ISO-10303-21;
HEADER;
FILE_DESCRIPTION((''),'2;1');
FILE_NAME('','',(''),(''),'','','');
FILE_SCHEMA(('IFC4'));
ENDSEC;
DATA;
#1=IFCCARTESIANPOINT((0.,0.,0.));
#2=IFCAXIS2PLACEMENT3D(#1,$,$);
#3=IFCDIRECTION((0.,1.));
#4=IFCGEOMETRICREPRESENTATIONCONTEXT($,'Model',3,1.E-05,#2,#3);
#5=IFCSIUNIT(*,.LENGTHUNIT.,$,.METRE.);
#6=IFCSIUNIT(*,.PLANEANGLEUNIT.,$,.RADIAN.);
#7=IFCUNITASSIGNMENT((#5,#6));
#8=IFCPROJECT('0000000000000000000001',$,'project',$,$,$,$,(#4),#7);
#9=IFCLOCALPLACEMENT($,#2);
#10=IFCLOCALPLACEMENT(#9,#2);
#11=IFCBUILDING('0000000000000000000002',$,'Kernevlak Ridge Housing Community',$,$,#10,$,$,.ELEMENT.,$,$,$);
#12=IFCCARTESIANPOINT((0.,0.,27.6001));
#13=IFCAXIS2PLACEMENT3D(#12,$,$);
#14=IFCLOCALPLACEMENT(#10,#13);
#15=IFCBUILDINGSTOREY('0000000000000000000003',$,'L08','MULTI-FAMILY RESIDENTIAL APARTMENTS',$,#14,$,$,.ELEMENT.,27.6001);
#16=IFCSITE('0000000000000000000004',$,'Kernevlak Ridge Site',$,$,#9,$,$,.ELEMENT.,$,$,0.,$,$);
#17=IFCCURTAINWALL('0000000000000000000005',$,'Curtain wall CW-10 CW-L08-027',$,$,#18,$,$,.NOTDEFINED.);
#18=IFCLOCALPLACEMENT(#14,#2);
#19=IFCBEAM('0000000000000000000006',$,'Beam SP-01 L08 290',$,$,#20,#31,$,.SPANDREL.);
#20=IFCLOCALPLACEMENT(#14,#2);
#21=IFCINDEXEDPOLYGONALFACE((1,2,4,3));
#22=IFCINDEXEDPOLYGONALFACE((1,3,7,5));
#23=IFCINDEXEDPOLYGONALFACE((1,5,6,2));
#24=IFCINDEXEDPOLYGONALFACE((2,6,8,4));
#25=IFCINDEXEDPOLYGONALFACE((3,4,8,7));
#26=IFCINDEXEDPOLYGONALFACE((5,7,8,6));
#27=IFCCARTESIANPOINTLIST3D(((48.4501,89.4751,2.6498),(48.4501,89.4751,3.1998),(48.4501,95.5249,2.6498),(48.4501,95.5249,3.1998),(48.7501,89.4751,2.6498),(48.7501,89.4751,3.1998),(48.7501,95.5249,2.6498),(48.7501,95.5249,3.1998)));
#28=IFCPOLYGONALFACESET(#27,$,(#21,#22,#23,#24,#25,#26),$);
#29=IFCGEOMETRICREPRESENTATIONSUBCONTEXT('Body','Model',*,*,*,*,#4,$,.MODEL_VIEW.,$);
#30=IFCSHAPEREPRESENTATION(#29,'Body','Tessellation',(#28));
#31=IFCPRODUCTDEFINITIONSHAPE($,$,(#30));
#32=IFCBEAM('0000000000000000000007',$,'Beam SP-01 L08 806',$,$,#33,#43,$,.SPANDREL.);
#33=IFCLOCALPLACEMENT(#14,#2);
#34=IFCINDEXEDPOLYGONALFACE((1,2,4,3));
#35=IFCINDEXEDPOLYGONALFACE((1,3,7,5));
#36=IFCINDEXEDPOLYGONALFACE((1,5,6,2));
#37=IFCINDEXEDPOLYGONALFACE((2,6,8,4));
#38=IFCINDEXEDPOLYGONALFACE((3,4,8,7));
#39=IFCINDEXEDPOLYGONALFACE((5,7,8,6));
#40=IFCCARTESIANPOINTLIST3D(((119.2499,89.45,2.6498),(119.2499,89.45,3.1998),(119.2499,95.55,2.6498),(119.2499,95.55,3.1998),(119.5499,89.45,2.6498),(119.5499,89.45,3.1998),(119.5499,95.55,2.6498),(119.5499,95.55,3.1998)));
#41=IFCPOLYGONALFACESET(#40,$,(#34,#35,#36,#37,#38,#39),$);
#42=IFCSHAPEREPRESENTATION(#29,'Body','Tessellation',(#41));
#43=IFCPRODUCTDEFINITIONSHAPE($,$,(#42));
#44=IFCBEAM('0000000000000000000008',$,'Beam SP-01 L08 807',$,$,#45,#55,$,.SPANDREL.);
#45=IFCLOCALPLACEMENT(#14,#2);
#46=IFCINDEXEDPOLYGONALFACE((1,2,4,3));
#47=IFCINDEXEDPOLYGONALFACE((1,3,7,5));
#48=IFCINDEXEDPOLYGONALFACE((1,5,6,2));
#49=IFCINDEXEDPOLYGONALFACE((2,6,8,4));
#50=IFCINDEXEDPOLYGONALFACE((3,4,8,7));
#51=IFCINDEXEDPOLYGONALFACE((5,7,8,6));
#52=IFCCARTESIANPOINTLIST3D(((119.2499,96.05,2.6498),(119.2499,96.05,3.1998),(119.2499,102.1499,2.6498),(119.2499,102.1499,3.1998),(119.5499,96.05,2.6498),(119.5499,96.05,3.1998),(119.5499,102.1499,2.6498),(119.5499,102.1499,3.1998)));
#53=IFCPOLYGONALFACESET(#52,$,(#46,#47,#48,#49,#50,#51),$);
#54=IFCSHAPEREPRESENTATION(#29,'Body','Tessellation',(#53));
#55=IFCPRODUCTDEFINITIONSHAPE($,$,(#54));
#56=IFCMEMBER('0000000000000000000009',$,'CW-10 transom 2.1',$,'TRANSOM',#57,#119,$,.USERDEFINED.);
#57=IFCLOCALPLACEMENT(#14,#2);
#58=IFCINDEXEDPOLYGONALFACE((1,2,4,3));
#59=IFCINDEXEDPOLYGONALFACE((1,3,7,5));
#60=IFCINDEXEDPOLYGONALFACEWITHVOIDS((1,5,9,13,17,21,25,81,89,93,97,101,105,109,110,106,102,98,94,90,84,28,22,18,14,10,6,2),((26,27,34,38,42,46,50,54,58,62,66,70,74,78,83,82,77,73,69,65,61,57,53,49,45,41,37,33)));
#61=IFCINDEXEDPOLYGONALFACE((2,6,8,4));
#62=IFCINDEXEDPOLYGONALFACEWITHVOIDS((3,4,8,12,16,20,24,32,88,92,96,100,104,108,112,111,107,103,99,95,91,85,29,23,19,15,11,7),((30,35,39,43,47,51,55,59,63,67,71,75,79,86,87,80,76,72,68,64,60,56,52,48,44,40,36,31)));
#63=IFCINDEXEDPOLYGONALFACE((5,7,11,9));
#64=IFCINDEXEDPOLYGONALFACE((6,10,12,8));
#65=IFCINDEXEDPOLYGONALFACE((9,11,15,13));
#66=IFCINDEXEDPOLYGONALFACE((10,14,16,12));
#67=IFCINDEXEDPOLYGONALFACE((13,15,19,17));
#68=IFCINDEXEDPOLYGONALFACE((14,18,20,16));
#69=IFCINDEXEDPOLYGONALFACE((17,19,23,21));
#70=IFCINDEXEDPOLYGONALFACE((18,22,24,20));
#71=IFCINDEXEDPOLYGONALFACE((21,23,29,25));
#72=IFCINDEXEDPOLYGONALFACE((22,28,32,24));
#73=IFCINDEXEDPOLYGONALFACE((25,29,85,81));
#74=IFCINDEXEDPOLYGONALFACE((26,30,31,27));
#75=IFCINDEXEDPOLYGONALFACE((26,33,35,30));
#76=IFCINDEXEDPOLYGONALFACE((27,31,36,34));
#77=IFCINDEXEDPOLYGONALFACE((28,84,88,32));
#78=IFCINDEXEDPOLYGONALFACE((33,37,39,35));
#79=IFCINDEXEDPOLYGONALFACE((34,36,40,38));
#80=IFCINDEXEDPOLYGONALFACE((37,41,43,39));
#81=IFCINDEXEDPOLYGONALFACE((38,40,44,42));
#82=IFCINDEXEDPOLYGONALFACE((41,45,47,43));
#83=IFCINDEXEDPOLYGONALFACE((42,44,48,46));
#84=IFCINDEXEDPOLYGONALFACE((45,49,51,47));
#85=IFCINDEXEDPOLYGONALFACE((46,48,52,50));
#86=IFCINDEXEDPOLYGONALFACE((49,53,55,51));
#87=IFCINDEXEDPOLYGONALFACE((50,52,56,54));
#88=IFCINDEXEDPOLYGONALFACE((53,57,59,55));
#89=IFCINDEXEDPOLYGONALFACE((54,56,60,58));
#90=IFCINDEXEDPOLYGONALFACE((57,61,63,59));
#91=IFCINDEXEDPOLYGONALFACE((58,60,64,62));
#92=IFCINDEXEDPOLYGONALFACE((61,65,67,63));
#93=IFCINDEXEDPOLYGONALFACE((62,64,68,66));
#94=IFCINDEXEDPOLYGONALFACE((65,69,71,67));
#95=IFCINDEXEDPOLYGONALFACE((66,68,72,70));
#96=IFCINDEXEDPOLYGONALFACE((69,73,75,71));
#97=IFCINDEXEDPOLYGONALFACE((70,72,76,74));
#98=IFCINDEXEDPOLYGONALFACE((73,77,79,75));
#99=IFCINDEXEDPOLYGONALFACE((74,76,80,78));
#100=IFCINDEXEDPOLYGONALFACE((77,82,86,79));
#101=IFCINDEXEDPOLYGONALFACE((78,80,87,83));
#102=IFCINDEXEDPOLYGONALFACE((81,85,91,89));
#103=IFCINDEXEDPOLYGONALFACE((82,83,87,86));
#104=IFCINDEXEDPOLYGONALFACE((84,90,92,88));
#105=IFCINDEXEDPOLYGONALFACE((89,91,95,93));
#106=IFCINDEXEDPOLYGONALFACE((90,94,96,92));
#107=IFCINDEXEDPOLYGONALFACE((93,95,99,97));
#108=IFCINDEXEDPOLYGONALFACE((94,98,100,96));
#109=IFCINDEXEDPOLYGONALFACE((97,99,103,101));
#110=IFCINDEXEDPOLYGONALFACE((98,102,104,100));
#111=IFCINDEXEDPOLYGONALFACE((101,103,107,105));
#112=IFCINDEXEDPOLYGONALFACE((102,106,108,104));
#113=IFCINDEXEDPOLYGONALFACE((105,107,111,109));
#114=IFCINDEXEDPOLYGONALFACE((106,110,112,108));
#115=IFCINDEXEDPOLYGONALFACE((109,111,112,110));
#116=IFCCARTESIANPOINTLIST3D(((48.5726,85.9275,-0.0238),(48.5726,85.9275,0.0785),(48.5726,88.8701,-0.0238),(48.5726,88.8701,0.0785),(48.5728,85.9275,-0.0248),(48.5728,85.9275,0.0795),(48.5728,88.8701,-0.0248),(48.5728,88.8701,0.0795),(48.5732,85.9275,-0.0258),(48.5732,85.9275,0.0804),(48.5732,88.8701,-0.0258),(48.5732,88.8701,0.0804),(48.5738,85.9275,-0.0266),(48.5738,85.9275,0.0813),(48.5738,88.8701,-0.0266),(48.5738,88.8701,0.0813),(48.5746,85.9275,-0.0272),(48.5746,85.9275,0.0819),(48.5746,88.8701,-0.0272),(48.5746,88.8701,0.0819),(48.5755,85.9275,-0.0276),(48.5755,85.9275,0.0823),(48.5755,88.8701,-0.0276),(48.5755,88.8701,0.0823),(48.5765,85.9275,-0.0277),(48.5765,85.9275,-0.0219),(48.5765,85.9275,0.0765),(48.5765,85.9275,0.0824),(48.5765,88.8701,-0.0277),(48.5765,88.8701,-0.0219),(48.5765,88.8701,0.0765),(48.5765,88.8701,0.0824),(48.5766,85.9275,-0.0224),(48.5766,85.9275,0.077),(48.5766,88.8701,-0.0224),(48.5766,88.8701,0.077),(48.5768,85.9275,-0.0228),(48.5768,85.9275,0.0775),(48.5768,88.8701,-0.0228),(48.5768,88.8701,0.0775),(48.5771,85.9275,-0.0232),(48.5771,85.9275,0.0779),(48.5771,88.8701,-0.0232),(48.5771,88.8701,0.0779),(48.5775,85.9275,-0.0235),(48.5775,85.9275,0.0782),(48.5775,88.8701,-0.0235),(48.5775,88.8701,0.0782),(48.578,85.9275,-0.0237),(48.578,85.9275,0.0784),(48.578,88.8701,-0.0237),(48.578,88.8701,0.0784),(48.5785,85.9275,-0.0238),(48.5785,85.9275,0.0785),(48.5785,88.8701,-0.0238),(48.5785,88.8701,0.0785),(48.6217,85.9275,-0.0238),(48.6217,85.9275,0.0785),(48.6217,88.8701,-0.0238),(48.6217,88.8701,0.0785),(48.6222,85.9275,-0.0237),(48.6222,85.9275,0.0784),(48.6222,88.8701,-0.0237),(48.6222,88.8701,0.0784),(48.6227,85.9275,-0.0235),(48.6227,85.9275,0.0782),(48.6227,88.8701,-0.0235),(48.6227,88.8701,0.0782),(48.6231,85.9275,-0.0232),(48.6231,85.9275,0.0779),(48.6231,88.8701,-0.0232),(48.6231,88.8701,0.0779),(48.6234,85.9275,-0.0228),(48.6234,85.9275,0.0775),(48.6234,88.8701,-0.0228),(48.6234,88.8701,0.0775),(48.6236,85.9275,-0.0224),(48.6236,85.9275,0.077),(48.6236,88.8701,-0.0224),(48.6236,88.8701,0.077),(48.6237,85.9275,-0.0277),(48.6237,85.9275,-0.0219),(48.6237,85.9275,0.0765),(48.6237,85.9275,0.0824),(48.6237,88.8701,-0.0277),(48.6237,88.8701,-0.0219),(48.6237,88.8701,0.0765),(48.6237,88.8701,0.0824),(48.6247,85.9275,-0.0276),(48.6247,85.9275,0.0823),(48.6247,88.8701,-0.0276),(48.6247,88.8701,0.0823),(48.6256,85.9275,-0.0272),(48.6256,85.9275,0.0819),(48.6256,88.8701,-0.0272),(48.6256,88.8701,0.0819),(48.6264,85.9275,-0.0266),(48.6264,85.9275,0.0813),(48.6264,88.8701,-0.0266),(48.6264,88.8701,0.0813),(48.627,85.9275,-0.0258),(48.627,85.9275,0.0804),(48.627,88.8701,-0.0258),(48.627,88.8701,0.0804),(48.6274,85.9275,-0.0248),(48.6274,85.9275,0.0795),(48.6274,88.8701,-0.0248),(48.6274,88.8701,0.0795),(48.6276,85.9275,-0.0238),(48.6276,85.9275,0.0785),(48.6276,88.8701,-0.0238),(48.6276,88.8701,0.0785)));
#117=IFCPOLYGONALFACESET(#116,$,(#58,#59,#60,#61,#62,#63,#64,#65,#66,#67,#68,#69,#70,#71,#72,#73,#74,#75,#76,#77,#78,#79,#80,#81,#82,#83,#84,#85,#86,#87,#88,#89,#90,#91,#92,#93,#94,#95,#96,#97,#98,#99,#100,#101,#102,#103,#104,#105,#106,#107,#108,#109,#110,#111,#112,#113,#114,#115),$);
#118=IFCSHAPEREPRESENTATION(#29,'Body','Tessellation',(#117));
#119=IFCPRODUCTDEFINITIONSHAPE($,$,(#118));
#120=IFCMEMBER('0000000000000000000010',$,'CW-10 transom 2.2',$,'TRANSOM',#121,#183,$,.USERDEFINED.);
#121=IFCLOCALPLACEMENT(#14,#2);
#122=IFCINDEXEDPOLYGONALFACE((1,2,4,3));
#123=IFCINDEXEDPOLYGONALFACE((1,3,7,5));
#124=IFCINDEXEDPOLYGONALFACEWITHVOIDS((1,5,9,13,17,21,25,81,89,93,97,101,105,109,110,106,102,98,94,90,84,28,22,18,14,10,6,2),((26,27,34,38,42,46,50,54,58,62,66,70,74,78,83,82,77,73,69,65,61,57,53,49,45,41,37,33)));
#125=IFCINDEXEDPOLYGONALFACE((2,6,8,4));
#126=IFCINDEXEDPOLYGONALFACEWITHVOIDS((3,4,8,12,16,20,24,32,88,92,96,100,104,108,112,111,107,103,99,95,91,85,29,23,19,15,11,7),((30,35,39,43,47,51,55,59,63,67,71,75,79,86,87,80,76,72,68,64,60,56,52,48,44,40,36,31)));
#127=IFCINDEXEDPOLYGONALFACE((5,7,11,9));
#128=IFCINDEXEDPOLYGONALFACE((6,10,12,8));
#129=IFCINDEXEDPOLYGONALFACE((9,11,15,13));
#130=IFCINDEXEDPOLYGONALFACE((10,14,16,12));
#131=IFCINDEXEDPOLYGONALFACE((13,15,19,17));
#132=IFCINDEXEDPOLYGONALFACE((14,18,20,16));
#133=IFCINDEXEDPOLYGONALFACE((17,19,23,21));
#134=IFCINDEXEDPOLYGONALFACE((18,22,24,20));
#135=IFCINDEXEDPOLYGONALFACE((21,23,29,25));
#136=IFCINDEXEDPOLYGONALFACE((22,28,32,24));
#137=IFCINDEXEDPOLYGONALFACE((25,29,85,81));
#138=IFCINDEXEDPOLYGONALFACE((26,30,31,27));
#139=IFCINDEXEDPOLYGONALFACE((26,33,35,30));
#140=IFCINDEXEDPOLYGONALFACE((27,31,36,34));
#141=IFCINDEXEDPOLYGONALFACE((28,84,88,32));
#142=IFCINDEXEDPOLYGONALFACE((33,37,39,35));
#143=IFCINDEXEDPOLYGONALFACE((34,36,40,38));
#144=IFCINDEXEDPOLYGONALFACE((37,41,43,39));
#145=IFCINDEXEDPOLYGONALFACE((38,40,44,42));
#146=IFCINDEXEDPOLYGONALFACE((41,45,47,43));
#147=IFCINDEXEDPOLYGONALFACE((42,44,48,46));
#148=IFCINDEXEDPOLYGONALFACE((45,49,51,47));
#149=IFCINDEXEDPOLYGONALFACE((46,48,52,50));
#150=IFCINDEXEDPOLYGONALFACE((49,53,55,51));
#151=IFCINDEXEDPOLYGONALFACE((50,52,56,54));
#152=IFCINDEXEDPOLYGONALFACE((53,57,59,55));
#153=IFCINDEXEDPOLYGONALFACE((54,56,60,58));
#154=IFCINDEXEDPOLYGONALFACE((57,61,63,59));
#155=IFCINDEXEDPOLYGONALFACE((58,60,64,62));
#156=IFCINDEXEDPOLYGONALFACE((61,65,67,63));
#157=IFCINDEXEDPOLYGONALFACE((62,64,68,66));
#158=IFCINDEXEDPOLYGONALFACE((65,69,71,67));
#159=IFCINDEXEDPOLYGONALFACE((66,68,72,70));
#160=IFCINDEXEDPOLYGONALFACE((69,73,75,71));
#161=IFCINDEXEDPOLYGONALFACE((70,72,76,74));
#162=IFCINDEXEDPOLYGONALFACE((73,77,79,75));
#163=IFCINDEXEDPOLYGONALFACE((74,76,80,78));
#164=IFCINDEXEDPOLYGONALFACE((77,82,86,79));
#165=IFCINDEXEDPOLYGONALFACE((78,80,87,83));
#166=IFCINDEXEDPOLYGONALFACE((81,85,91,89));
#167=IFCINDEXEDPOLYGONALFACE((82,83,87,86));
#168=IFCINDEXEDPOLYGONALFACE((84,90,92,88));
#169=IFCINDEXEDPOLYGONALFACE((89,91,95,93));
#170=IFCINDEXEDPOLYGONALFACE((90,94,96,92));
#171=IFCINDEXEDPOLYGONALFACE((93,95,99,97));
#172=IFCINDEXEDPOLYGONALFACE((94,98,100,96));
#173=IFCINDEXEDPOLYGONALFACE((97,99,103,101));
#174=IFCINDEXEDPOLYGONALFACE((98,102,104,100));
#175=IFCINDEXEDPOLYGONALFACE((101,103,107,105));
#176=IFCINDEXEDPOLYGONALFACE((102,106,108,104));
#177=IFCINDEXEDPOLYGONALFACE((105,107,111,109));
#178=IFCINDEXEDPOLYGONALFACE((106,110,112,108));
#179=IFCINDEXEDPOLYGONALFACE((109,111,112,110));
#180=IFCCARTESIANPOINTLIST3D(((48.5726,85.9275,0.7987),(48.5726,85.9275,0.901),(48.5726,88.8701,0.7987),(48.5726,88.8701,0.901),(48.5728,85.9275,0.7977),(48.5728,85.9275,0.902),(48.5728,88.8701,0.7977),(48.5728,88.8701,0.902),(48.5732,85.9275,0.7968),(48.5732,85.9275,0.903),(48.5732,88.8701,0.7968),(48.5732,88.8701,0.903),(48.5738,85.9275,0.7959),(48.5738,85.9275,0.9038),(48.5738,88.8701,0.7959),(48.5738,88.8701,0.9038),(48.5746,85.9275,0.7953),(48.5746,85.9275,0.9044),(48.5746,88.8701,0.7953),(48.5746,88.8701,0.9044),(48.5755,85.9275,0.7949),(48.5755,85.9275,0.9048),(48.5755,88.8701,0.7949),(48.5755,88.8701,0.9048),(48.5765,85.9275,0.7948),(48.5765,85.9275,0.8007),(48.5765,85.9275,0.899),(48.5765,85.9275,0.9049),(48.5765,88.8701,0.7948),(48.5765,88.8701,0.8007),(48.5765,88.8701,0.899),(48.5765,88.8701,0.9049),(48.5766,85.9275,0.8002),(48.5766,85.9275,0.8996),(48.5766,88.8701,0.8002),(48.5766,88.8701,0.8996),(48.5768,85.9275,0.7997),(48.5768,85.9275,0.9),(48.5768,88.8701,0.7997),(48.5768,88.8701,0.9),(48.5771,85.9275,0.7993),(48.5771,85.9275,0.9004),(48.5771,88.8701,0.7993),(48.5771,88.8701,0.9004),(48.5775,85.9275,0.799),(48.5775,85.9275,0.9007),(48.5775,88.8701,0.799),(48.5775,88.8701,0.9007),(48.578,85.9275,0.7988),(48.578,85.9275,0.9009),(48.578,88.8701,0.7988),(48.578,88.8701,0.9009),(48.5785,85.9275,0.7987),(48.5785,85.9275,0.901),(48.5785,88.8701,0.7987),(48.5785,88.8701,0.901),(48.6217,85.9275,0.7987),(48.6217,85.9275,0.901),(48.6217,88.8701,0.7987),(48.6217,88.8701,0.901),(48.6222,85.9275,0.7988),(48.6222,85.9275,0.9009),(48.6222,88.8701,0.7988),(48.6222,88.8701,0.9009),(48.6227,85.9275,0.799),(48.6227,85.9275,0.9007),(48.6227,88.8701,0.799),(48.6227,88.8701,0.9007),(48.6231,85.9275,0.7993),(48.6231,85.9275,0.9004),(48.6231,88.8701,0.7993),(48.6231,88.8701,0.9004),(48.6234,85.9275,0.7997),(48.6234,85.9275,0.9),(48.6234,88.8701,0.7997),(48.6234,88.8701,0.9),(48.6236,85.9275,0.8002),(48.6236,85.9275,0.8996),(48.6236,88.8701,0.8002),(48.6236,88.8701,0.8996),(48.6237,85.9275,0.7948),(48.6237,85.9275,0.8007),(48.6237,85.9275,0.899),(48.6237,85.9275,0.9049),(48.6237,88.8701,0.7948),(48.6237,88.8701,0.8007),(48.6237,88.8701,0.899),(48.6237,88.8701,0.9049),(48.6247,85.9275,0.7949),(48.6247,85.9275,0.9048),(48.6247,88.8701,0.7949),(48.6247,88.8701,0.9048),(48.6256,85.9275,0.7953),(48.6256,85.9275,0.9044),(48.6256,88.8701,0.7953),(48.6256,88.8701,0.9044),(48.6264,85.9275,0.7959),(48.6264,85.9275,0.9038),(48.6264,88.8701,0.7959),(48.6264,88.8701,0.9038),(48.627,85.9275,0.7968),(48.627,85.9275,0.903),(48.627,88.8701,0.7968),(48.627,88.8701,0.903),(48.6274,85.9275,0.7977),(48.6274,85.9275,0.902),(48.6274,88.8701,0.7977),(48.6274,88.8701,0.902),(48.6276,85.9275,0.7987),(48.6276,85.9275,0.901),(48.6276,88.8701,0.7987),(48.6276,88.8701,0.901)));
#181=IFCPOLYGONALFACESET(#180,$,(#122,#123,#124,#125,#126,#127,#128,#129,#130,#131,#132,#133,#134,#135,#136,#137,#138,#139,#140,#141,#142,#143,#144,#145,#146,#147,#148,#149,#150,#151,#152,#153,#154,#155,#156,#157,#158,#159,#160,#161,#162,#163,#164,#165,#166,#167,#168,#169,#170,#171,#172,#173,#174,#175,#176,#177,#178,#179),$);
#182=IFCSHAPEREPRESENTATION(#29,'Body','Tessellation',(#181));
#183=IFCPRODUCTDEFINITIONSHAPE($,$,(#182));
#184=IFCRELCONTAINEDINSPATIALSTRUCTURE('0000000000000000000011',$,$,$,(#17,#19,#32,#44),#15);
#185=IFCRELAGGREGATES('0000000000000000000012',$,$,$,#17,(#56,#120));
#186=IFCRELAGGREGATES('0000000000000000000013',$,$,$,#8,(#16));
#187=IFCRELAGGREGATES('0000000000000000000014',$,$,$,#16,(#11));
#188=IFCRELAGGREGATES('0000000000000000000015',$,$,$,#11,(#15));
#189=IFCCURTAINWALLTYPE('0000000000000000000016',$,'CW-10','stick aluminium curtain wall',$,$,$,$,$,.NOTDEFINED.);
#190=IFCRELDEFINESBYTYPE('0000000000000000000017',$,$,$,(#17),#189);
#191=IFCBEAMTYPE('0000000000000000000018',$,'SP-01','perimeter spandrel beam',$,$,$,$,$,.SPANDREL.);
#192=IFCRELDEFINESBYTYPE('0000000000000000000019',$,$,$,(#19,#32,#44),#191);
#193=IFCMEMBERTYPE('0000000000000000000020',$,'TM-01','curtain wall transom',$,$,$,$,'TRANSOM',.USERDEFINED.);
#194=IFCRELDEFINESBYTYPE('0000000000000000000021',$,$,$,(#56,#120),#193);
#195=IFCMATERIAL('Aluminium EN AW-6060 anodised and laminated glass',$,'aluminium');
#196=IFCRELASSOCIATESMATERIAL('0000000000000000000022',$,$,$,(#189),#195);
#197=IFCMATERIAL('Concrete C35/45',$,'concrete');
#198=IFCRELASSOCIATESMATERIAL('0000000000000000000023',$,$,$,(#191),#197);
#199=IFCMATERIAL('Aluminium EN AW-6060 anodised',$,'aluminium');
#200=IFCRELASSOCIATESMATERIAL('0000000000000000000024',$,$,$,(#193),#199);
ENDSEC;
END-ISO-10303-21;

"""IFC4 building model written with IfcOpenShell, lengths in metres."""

from ifc_helpers import new_model, si_unit, direction, frame, origin, origin_2d, place, context, subcontext, project, spatial, rectangle, hollow_rectangle, extrude, material, material_profile, profile_set, type_object, element, aggregate, save


model = new_model("IFC4")

# Units and contexts
model_context = context("Model", 3, precision=1e-05, world=origin(), true_north=direction((0.0, 1.0)))
body_context = subcontext(model_context, "Body", "Model", "MODEL_VIEW")
ifc_project = project(units=[si_unit("LENGTHUNIT", "METRE"), si_unit("PLANEANGLEUNIT", "RADIAN")], contexts=[model_context])

# Site, building, storey
site_placement = place(None, origin())
site = spatial("IfcSite", under=ifc_project, at=site_placement, Name="Kernevlak Ridge Site", CompositionType="ELEMENT", RefElevation=0.0)
building_placement = place(site_placement, origin())
building = spatial("IfcBuilding", under=site, at=building_placement, Name="Kernevlak Ridge Housing Community", CompositionType="ELEMENT")
storey_placement = place(building_placement, frame((0.0, 0.0, 27.6001)))
storey = spatial("IfcBuildingStorey", under=building, at=storey_placement, Name="L08", Description="MULTI-FAMILY RESIDENTIAL APARTMENTS", CompositionType="ELEMENT", Elevation=27.6001)

# Curtain wall
ifc_material_1 = material(Name="Aluminium EN AW-6060 anodised and laminated glass", Category="aluminium")
curtain_wall_type = type_object("IfcCurtainWallType", Name="CW-10", Description="stick aluminium curtain wall", PredefinedType="NOTDEFINED", material=ifc_material_1)
curtain_wall_placement = place(storey_placement, origin())
curtain_wall = element("IfcCurtainWall", 1, at=curtain_wall_placement, inside=storey, type_object=curtain_wall_type, Name="Curtain wall CW-10 CW-L08-027", PredefinedType="NOTDEFINED")
ifc_material_2 = material(Name="Aluminium EN AW-6060 anodised", Category="aluminium")

# Beams
ifc_material_3 = material(Name="Concrete C35/45", Category="concrete")
ifc_material_profile_1 = material_profile(ifc_material_3, rectangle(XDim=0.3, YDim=0.55, at=origin_2d()), Name="RC 300x550")
ifc_profile_set_1 = profile_set([ifc_material_profile_1], Name="Concrete C35/45")
beam_type = type_object("IfcBeamType", Name="SP-01", Description="perimeter spandrel beam", PredefinedType="SPANDREL", material=ifc_profile_set_1)
beam_1_placement = place(storey_placement, frame((48.6001, 89.4751, 2.9248), z_axis=(0.0, 1.0, 0.0), x_axis=(-1.0, 0.0, 0.0)))
element("IfcBeam", 2, at=beam_1_placement, inside=storey, type_object=beam_type, Name="Beam SP-01 L08 290", PredefinedType="SPANDREL", context=body_context, shape_type="SweptSolid", body=[
    extrude(rectangle(XDim=0.3, YDim=0.55, at=origin_2d()), origin(), (0.0, 0.0, 1.0), 6.0498),
])
beam_2_placement = place(storey_placement, frame((119.3999, 89.45, 2.9248), z_axis=(0.0, 1.0, 0.0), x_axis=(-1.0, 0.0, 0.0)))
element("IfcBeam", 3, at=beam_2_placement, inside=storey, type_object=beam_type, Name="Beam SP-01 L08 806", PredefinedType="SPANDREL", context=body_context, shape_type="SweptSolid", body=[
    extrude(rectangle(XDim=0.3, YDim=0.55, at=origin_2d()), origin(), (0.0, 0.0, 1.0), 6.1001),
])
beam_3_placement = place(storey_placement, frame((119.3999, 96.05, 2.9248), z_axis=(0.0, 1.0, 0.0), x_axis=(-1.0, 0.0, 0.0)))
element("IfcBeam", 4, at=beam_3_placement, inside=storey, type_object=beam_type, Name="Beam SP-01 L08 807", PredefinedType="SPANDREL", context=body_context, shape_type="SweptSolid", body=[
    extrude(rectangle(XDim=0.3, YDim=0.55, at=origin_2d()), origin(), (0.0, 0.0, 1.0), 6.0999),
])

# Members
ifc_material_profile_2 = material_profile(ifc_material_2, hollow_rectangle(XDim=0.0549, YDim=0.1101, WallThickness=0.0039, InnerFilletRadius=0.002, OuterFilletRadius=0.0039, at=origin_2d()), Name="ALU 55x110x4")
ifc_profile_set_2 = profile_set([ifc_material_profile_2], Name="Aluminium EN AW-6060 anodised")
member_type_1 = type_object("IfcMemberType", Name="TM-01", Description="curtain wall transom", ElementType="TRANSOM", PredefinedType="USERDEFINED", material=ifc_profile_set_2)
member_1_placement = place(storey_placement, frame((48.6001, 85.9275, 0.0273), z_axis=(0.0, 1.0, 0.0), x_axis=(-1.0, 0.0, 0.0)))
member_1 = element("IfcMember", 5, at=member_1_placement, type_object=member_type_1, Name="CW-10 transom 2.1", ObjectType="TRANSOM", PredefinedType="USERDEFINED", context=body_context, shape_type="SweptSolid", body=[
    extrude(hollow_rectangle(XDim=0.0549, YDim=0.1101, WallThickness=0.0039, InnerFilletRadius=0.002, OuterFilletRadius=0.0039, at=origin_2d()), origin(), (0.0, 0.0, 1.0), 2.9426),
])
member_2_placement = place(storey_placement, frame((48.6001, 85.9275, 0.8499), z_axis=(0.0, 1.0, 0.0), x_axis=(-1.0, 0.0, 0.0)))
member_2 = element("IfcMember", 6, at=member_2_placement, type_object=member_type_1, Name="CW-10 transom 2.2", ObjectType="TRANSOM", PredefinedType="USERDEFINED", context=body_context, shape_type="SweptSolid", body=[
    extrude(hollow_rectangle(XDim=0.0549, YDim=0.1101, WallThickness=0.0039, InnerFilletRadius=0.002, OuterFilletRadius=0.0039, at=origin_2d()), origin(), (0.0, 0.0, 1.0), 2.9426),
])

aggregate(curtain_wall, [member_1, member_2])

save(model, "model.ifc")
